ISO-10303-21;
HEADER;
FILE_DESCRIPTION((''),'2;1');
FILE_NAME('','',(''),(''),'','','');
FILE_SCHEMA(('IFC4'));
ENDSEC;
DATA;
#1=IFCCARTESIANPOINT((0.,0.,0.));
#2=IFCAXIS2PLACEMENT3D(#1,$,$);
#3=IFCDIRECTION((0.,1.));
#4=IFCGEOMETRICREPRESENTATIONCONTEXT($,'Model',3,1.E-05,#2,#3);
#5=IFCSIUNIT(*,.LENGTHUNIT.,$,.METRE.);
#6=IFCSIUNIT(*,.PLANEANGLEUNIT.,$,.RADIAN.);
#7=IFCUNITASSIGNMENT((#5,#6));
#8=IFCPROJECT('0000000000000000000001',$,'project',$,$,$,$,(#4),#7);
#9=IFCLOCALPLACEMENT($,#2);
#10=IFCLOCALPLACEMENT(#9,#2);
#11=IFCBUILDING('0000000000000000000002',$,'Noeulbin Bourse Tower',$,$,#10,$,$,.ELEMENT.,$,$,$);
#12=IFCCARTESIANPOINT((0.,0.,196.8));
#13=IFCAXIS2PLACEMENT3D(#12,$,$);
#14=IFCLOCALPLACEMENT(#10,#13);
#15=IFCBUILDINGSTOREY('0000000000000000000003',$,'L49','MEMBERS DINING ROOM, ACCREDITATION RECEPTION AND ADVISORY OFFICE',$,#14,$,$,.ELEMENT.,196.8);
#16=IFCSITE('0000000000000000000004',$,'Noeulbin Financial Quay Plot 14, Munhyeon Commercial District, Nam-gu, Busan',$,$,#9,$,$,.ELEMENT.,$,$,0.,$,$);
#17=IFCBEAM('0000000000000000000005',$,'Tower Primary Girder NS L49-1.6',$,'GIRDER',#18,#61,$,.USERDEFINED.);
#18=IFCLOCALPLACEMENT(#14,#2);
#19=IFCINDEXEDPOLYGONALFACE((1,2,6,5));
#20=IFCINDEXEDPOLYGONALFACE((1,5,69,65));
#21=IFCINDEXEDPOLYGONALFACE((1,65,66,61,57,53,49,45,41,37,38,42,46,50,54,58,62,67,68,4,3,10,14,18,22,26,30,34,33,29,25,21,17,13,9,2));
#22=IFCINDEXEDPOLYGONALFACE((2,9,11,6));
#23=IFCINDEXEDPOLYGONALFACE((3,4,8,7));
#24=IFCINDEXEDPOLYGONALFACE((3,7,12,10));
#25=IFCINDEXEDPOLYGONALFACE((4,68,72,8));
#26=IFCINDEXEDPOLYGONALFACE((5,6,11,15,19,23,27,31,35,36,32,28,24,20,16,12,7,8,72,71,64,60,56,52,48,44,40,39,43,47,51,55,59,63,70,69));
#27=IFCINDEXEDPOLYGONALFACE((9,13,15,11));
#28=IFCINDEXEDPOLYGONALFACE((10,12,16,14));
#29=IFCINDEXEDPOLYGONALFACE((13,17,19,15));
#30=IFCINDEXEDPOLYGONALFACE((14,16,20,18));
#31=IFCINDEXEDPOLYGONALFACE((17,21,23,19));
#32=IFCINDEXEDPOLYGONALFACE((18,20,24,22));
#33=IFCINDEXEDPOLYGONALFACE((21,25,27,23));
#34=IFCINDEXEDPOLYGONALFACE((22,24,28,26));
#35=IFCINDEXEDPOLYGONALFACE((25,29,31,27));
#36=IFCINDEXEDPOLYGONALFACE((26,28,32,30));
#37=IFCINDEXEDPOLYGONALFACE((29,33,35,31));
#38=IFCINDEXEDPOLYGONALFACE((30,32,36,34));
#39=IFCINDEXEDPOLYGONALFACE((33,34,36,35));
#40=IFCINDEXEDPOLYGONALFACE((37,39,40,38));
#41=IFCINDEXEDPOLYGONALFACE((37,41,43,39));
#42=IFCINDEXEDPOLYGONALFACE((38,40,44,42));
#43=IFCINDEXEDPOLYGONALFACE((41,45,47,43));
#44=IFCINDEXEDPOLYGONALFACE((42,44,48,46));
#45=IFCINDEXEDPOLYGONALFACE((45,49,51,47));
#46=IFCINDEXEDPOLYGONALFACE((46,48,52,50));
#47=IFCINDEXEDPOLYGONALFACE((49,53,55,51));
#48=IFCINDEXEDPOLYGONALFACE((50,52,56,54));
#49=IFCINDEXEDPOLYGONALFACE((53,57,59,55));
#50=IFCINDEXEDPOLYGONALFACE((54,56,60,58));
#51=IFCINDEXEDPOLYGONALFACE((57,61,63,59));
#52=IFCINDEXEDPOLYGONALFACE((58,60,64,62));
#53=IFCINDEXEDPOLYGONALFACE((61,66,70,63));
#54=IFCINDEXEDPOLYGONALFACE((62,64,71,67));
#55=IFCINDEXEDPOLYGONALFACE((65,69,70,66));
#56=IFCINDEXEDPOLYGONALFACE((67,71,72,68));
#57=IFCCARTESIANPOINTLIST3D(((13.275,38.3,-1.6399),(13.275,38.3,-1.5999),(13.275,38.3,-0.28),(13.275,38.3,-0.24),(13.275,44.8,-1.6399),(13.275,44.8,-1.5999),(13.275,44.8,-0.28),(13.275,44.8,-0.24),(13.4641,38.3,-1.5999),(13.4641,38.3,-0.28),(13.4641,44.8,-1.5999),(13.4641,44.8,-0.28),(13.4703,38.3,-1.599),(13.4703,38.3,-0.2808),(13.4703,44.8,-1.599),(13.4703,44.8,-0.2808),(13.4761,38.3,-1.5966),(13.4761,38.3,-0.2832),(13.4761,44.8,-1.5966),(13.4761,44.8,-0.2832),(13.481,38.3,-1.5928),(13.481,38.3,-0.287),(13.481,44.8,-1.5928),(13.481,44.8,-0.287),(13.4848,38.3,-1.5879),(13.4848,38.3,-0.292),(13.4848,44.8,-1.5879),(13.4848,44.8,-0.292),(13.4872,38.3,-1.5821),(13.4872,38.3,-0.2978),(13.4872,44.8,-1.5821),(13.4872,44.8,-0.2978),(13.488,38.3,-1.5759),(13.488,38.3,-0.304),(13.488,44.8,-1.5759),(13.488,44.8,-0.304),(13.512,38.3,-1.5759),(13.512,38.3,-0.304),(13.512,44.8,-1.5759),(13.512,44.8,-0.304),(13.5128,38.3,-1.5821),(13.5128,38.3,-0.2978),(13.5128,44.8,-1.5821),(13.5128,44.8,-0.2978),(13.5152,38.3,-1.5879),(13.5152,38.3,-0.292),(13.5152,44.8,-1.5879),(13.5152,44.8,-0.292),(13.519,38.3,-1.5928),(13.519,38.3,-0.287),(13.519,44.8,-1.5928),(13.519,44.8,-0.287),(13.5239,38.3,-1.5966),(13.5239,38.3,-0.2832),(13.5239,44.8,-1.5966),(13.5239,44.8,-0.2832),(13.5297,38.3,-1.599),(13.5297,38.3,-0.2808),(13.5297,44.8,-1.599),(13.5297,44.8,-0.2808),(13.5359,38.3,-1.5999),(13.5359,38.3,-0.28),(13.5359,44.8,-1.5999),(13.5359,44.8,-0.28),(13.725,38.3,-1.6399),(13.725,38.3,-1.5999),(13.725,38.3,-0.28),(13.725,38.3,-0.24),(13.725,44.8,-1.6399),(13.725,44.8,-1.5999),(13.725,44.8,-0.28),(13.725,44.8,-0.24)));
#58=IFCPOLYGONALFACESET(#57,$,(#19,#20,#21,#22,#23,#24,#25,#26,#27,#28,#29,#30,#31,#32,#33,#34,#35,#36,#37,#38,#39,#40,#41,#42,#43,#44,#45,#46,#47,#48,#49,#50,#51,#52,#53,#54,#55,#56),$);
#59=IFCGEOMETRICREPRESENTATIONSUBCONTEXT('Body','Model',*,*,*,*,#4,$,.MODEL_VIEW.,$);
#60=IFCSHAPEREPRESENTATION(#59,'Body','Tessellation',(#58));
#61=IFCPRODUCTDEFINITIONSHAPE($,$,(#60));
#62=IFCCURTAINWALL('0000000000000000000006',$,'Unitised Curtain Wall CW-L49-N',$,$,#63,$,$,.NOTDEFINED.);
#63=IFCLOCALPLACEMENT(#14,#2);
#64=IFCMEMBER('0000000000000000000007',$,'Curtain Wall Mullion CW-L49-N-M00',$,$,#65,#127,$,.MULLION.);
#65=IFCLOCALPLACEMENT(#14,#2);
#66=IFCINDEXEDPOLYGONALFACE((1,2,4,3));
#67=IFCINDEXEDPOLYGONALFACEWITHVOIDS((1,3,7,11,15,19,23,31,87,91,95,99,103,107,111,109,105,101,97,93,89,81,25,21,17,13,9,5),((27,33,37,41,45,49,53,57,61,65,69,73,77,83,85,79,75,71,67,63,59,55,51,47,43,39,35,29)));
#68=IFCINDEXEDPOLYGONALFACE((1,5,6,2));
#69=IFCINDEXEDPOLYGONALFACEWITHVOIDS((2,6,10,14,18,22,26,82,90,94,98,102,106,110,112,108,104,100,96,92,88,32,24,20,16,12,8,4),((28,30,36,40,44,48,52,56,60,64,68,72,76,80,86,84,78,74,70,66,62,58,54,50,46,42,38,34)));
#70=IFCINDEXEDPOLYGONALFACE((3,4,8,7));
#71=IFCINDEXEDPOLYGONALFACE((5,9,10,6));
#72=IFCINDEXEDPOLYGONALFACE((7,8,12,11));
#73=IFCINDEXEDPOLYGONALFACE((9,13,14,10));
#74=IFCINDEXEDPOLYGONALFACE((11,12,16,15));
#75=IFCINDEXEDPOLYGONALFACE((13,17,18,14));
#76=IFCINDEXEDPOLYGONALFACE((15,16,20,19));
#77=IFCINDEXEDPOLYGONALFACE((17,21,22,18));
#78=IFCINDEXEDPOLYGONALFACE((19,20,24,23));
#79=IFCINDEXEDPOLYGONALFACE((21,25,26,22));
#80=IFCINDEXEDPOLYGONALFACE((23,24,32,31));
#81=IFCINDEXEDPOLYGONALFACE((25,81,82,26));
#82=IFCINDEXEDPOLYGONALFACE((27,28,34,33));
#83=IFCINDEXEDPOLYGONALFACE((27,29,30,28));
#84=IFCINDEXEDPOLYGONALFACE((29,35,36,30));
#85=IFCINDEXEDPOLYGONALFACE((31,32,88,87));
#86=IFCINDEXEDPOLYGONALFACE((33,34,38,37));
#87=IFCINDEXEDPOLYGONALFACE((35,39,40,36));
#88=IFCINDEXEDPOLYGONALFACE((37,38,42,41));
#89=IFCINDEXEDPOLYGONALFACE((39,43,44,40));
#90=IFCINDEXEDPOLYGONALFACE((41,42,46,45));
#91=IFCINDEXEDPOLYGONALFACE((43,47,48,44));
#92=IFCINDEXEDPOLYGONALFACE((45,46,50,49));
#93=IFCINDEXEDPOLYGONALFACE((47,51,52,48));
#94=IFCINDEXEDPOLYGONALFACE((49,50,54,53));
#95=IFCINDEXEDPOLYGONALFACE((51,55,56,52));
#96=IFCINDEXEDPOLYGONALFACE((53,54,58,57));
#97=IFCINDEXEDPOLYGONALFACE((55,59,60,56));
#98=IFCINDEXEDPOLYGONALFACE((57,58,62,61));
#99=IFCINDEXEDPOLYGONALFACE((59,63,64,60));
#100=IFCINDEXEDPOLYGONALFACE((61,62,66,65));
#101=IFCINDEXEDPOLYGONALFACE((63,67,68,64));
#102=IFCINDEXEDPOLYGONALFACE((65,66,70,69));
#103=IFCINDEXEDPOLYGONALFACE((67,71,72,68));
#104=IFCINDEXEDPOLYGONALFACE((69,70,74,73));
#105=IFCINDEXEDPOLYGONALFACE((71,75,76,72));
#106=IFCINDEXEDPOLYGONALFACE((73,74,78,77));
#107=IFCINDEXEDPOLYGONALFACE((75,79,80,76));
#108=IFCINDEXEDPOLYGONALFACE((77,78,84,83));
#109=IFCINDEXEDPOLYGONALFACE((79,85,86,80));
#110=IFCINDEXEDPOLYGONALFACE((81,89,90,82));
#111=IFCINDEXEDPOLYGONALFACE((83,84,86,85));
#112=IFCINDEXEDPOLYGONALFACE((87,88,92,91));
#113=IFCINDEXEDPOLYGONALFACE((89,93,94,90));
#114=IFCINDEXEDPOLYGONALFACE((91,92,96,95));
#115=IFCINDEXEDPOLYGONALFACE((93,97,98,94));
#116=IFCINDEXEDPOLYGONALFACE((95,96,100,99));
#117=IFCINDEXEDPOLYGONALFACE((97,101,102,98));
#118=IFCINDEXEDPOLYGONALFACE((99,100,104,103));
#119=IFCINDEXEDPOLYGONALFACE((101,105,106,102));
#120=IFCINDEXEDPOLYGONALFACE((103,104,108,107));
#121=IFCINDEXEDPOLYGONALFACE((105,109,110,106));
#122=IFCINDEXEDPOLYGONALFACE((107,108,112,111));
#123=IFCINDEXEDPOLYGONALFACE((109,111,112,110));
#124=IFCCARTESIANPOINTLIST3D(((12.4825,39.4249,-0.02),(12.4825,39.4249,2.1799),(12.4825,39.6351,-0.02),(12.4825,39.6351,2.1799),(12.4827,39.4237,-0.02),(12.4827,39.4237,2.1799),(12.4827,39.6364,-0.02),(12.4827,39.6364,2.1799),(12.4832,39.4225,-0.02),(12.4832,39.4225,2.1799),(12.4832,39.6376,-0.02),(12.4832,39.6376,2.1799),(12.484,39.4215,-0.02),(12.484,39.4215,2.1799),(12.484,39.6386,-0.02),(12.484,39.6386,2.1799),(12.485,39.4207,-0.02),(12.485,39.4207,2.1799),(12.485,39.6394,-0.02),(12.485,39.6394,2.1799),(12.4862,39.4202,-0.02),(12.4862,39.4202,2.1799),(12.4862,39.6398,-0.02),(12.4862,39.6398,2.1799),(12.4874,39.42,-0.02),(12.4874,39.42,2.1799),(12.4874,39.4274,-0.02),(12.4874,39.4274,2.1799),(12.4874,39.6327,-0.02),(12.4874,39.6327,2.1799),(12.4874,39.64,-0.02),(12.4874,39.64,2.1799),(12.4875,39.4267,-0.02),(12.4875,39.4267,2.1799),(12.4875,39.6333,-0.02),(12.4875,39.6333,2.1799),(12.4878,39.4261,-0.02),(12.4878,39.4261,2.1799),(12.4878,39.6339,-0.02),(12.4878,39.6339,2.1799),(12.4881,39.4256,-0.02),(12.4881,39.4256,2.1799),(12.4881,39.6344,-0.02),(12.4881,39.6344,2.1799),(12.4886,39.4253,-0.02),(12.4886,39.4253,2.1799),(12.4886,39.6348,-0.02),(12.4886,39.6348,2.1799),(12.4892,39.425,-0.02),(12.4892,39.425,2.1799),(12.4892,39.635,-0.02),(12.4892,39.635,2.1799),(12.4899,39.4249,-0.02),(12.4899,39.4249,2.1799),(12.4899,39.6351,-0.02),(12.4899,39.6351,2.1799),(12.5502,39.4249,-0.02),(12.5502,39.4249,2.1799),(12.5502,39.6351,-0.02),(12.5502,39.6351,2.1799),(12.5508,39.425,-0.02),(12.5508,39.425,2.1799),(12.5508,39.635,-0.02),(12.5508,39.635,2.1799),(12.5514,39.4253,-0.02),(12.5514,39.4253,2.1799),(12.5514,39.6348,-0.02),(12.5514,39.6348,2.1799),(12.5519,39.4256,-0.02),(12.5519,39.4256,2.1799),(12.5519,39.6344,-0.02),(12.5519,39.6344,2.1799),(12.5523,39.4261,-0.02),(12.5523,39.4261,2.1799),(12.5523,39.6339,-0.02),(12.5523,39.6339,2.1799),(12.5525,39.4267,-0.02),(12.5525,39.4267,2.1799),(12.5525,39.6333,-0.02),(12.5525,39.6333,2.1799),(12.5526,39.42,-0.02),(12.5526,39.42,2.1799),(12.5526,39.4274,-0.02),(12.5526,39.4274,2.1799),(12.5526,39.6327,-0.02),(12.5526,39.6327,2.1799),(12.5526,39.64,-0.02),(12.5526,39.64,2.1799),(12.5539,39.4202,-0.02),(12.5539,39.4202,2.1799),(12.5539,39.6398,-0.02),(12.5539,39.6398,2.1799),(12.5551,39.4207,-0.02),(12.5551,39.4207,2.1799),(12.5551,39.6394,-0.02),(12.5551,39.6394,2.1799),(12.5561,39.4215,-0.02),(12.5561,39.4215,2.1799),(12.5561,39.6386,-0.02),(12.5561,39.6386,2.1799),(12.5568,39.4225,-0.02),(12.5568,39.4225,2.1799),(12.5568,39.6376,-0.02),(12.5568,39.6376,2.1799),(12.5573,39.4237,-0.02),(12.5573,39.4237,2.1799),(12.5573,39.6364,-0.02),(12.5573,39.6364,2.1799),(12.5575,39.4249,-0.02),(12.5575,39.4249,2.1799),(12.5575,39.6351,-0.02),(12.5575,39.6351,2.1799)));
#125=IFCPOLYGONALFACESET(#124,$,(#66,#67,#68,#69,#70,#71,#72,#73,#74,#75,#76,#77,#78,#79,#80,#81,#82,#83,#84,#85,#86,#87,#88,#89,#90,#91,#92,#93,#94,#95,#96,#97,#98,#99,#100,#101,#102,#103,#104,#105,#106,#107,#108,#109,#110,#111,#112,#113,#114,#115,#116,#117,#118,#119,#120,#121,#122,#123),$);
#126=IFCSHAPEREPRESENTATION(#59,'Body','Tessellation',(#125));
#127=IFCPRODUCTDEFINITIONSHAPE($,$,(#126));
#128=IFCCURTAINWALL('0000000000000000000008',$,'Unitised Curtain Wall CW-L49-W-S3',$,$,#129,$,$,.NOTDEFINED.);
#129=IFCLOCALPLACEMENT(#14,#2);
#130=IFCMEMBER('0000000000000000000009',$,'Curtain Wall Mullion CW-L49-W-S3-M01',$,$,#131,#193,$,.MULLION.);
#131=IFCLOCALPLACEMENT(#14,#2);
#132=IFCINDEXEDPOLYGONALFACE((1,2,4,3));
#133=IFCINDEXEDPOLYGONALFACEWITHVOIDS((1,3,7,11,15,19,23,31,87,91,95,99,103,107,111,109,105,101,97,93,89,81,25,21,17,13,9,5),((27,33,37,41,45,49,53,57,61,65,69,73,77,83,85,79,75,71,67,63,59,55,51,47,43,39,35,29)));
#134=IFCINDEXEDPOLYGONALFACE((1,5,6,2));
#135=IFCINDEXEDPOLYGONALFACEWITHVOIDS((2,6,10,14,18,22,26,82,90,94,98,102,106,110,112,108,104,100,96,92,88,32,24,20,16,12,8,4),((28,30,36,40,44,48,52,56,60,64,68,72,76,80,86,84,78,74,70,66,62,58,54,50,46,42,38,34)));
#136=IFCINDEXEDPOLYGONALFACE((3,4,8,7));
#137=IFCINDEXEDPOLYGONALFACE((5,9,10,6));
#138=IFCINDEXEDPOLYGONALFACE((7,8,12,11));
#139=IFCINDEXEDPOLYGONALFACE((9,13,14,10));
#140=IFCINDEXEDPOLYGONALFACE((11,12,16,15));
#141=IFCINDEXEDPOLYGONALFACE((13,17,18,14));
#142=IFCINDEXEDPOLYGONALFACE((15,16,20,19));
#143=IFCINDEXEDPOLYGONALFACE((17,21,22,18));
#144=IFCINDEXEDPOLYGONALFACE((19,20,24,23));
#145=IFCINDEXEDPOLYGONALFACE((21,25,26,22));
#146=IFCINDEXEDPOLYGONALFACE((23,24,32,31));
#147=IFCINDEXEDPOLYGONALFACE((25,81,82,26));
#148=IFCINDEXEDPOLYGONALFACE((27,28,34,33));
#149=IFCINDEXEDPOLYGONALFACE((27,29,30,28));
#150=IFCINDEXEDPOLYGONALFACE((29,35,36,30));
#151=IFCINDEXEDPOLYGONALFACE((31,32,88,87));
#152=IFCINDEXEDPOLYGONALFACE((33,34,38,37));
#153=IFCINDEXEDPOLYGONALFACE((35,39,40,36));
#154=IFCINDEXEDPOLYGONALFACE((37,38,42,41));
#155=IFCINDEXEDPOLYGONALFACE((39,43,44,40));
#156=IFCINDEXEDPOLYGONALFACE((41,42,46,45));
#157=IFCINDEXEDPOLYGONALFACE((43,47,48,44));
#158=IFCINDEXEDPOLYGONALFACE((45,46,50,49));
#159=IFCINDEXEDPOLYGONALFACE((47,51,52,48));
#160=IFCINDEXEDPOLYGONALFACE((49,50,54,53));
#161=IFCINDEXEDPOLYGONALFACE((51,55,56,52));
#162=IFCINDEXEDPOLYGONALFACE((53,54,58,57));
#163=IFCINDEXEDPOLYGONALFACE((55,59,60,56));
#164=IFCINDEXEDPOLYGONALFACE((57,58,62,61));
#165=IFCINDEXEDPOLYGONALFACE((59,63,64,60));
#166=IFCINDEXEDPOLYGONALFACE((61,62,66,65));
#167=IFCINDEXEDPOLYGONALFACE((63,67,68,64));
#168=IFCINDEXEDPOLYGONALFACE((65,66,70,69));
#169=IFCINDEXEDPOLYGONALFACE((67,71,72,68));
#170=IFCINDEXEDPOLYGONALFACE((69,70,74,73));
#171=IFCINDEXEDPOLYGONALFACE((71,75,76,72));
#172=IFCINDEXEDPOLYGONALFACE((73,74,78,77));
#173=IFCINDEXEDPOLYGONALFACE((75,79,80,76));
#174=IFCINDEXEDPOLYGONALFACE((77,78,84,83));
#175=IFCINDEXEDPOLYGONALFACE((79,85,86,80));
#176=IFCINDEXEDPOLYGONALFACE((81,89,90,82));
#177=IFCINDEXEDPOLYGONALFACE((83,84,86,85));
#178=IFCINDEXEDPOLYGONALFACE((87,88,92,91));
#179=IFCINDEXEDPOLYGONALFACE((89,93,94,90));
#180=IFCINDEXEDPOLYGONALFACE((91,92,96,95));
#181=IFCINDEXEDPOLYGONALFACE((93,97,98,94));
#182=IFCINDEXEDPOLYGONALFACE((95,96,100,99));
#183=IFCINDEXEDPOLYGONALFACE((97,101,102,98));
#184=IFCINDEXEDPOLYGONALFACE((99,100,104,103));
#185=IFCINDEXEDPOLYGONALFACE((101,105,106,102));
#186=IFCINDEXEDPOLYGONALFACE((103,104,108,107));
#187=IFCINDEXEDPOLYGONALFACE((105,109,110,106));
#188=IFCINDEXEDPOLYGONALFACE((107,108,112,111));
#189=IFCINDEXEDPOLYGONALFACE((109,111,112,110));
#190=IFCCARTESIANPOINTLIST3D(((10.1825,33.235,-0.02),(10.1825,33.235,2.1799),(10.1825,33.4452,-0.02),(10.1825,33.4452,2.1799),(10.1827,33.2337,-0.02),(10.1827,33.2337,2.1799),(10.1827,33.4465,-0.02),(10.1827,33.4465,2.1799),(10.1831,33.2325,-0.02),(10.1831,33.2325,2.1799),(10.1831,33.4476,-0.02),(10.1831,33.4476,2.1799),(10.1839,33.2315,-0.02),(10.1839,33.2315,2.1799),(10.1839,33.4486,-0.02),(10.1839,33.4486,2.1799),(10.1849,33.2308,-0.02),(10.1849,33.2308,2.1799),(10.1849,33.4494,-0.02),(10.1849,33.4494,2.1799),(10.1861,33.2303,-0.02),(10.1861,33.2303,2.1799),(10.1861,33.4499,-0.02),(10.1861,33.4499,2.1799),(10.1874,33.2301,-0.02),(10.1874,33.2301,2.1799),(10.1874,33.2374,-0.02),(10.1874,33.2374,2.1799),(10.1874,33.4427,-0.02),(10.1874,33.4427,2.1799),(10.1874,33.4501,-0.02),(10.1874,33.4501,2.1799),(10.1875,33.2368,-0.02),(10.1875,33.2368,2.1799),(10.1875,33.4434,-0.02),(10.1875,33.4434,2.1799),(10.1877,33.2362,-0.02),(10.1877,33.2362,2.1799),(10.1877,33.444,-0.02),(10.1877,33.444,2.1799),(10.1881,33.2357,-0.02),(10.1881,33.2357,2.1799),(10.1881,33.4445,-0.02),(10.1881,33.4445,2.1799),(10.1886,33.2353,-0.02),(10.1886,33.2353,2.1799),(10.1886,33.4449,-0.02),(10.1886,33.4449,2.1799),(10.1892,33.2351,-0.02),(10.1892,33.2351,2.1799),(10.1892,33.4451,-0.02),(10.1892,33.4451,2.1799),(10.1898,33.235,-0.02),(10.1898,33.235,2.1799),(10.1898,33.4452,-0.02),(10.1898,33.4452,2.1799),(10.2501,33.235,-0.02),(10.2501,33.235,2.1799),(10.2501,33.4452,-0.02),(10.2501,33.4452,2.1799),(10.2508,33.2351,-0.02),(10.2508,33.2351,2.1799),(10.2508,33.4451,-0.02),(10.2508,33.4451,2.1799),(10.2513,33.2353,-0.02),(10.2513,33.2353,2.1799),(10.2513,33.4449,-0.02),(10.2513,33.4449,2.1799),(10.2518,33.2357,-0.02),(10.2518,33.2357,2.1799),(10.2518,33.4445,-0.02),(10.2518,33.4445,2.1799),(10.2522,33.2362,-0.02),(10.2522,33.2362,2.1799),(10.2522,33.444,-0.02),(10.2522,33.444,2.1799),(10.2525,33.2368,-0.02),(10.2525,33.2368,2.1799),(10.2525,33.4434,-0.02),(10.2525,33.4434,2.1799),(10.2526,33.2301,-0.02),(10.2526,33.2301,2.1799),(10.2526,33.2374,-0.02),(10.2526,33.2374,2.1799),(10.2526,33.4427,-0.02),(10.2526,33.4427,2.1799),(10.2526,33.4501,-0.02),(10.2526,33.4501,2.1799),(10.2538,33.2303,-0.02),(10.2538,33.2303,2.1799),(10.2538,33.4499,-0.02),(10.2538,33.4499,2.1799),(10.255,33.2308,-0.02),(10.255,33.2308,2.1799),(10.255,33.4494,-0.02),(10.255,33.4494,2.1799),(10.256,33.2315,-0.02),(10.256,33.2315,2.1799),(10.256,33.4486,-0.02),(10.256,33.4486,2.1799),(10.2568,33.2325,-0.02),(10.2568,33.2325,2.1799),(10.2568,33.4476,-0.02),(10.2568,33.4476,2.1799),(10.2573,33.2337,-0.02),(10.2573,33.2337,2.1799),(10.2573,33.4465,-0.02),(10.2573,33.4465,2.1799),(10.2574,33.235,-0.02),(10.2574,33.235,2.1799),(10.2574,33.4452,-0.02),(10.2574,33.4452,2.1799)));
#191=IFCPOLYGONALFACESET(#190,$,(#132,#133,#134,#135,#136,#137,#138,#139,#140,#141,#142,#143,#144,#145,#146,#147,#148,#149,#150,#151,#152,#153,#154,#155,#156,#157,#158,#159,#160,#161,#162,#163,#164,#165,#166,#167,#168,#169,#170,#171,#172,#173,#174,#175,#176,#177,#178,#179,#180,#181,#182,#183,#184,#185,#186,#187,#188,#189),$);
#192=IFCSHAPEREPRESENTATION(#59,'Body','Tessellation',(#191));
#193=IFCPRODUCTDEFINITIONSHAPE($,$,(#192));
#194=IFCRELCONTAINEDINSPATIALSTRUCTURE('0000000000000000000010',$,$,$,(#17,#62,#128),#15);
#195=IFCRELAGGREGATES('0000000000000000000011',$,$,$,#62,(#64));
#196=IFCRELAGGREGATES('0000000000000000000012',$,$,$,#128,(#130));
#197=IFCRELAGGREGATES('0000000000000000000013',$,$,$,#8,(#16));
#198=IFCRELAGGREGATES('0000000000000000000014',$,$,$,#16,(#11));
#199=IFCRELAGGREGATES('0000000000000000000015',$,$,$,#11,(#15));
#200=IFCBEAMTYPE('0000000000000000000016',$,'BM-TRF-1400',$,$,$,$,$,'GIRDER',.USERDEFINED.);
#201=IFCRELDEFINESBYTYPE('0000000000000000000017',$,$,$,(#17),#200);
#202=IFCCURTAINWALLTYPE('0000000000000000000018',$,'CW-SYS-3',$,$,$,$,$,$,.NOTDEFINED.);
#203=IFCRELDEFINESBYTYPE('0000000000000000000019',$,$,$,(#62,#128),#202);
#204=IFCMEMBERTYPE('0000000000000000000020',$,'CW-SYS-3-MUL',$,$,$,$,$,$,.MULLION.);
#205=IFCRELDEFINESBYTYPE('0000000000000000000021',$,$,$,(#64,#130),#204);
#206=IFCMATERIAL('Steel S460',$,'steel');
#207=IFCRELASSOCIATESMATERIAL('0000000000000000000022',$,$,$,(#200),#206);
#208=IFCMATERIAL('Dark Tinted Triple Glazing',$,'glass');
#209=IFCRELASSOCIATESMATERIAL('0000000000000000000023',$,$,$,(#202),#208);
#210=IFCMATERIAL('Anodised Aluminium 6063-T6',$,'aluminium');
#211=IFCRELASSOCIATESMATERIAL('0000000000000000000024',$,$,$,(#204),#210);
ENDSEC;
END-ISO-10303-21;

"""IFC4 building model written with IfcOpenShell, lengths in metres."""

from ifc_helpers import new_model, si_unit, direction, frame, origin, origin_2d, place, context, subcontext, project, spatial, hollow_rectangle, i_section, extrude, material, material_profile, profile_set, type_object, element, aggregate, save


model = new_model("IFC4")

# Units and contexts
model_context = context("Model", 3, precision=1e-05, world=origin(), true_north=direction((0.0, 1.0)))
body_context = subcontext(model_context, "Body", "Model", "MODEL_VIEW")
ifc_project = project(units=[si_unit("LENGTHUNIT", "METRE"), si_unit("PLANEANGLEUNIT", "RADIAN")], contexts=[model_context])

# Site, building, storey
site_placement = place(None, origin())
site = spatial("IfcSite", under=ifc_project, at=site_placement, Name="Noeulbin Financial Quay Plot 14, Munhyeon Commercial District, Nam-gu, Busan", CompositionType="ELEMENT", RefElevation=0.0)
building_placement = place(site_placement, origin())
building = spatial("IfcBuilding", under=site, at=building_placement, Name="Noeulbin Bourse Tower", CompositionType="ELEMENT")
storey_placement = place(building_placement, frame((0.0, 0.0, 196.8)))
storey = spatial("IfcBuildingStorey", under=building, at=storey_placement, Name="L49", Description="MEMBERS DINING ROOM, ACCREDITATION RECEPTION AND ADVISORY OFFICE", CompositionType="ELEMENT", Elevation=196.8)

# Shared definitions
ifc_material_1 = material(Name="Steel S460", Category="steel")

# Beam
ifc_material_profile_1 = material_profile(ifc_material_1, i_section(OverallWidth=0.45, OverallDepth=1.3999, WebThickness=0.0239, FlangeThickness=0.04, FilletRadius=0.0239, at=origin_2d()), Name="PG-1400x450x24x40", Category="LoadBearing")
ifc_profile_set_1 = profile_set([ifc_material_profile_1], Name="Steel S460")
beam_type_1 = type_object("IfcBeamType", Name="BM-TRF-1400", ElementType="GIRDER", PredefinedType="USERDEFINED", material=ifc_profile_set_1)
beam_1_placement = place(storey_placement, frame((13.5, 38.3, -0.9399), z_axis=(0.0, 1.0, 0.0), x_axis=(-1.0, 0.0, 0.0)))
element("IfcBeam", 1, at=beam_1_placement, inside=storey, type_object=beam_type_1, Name="Tower Primary Girder NS L49-1.6", ObjectType="GIRDER", PredefinedType="USERDEFINED", context=body_context, shape_type="SweptSolid", body=[
    extrude(i_section(OverallWidth=0.45, OverallDepth=1.3999, WebThickness=0.0239, FlangeThickness=0.04, FilletRadius=0.0239, at=origin_2d()), origin(), (0.0, 0.0, 1.0), 6.5),
])

# Curtain wall, member
ifc_material_2 = material(Name="Dark Tinted Triple Glazing", Category="glass")
curtain_wall_type = type_object("IfcCurtainWallType", Name="CW-SYS-3", PredefinedType="NOTDEFINED", material=ifc_material_2)
curtain_wall_1_placement = place(storey_placement, origin())
curtain_wall_1 = element("IfcCurtainWall", 2, at=curtain_wall_1_placement, inside=storey, type_object=curtain_wall_type, Name="Unitised Curtain Wall CW-L49-N", PredefinedType="NOTDEFINED")
ifc_material_3 = material(Name="Anodised Aluminium 6063-T6", Category="aluminium")
ifc_material_profile_2 = material_profile(ifc_material_3, hollow_rectangle(XDim=0.075, YDim=0.22, WallThickness=0.0049, InnerFilletRadius=0.0024, OuterFilletRadius=0.0049, at=origin_2d()), Name="ALU-MULL-75x220x5", Category="LoadBearing")
ifc_profile_set_2 = profile_set([ifc_material_profile_2], Name="Anodised Aluminium 6063-T6")
member_type_1 = type_object("IfcMemberType", Name="CW-SYS-3-MUL", PredefinedType="MULLION", material=ifc_profile_set_2)
member_1_placement = place(storey_placement, frame((12.52, 39.53, -0.02), z_axis=(0.0, 0.0, 1.0), x_axis=(1.0, 0.0, 0.0)))
member_1 = element("IfcMember", 3, at=member_1_placement, type_object=member_type_1, Name="Curtain Wall Mullion CW-L49-N-M00", PredefinedType="MULLION", context=body_context, shape_type="SweptSolid", body=[
    extrude(hollow_rectangle(XDim=0.075, YDim=0.22, WallThickness=0.0049, InnerFilletRadius=0.0024, OuterFilletRadius=0.0049, at=origin_2d()), origin(), (0.0, 0.0, 1.0), 2.2),
])

# Curtain wall, member
curtain_wall_2_placement = place(storey_placement, origin())
curtain_wall_2 = element("IfcCurtainWall", 4, at=curtain_wall_2_placement, inside=storey, type_object=curtain_wall_type, Name="Unitised Curtain Wall CW-L49-W-S3", PredefinedType="NOTDEFINED")
member_2_placement = place(storey_placement, frame((10.22, 33.3401, -0.02), z_axis=(0.0, 0.0, 1.0), x_axis=(1.0, 0.0, 0.0)))
member_2 = element("IfcMember", 5, at=member_2_placement, type_object=member_type_1, Name="Curtain Wall Mullion CW-L49-W-S3-M01", PredefinedType="MULLION", context=body_context, shape_type="SweptSolid", body=[
    extrude(hollow_rectangle(XDim=0.075, YDim=0.22, WallThickness=0.0049, InnerFilletRadius=0.0024, OuterFilletRadius=0.0049, at=origin_2d()), origin(), (0.0, 0.0, 1.0), 2.2),
])

aggregate(curtain_wall_1, [member_1])
aggregate(curtain_wall_2, [member_2])

save(model, "model.ifc")
